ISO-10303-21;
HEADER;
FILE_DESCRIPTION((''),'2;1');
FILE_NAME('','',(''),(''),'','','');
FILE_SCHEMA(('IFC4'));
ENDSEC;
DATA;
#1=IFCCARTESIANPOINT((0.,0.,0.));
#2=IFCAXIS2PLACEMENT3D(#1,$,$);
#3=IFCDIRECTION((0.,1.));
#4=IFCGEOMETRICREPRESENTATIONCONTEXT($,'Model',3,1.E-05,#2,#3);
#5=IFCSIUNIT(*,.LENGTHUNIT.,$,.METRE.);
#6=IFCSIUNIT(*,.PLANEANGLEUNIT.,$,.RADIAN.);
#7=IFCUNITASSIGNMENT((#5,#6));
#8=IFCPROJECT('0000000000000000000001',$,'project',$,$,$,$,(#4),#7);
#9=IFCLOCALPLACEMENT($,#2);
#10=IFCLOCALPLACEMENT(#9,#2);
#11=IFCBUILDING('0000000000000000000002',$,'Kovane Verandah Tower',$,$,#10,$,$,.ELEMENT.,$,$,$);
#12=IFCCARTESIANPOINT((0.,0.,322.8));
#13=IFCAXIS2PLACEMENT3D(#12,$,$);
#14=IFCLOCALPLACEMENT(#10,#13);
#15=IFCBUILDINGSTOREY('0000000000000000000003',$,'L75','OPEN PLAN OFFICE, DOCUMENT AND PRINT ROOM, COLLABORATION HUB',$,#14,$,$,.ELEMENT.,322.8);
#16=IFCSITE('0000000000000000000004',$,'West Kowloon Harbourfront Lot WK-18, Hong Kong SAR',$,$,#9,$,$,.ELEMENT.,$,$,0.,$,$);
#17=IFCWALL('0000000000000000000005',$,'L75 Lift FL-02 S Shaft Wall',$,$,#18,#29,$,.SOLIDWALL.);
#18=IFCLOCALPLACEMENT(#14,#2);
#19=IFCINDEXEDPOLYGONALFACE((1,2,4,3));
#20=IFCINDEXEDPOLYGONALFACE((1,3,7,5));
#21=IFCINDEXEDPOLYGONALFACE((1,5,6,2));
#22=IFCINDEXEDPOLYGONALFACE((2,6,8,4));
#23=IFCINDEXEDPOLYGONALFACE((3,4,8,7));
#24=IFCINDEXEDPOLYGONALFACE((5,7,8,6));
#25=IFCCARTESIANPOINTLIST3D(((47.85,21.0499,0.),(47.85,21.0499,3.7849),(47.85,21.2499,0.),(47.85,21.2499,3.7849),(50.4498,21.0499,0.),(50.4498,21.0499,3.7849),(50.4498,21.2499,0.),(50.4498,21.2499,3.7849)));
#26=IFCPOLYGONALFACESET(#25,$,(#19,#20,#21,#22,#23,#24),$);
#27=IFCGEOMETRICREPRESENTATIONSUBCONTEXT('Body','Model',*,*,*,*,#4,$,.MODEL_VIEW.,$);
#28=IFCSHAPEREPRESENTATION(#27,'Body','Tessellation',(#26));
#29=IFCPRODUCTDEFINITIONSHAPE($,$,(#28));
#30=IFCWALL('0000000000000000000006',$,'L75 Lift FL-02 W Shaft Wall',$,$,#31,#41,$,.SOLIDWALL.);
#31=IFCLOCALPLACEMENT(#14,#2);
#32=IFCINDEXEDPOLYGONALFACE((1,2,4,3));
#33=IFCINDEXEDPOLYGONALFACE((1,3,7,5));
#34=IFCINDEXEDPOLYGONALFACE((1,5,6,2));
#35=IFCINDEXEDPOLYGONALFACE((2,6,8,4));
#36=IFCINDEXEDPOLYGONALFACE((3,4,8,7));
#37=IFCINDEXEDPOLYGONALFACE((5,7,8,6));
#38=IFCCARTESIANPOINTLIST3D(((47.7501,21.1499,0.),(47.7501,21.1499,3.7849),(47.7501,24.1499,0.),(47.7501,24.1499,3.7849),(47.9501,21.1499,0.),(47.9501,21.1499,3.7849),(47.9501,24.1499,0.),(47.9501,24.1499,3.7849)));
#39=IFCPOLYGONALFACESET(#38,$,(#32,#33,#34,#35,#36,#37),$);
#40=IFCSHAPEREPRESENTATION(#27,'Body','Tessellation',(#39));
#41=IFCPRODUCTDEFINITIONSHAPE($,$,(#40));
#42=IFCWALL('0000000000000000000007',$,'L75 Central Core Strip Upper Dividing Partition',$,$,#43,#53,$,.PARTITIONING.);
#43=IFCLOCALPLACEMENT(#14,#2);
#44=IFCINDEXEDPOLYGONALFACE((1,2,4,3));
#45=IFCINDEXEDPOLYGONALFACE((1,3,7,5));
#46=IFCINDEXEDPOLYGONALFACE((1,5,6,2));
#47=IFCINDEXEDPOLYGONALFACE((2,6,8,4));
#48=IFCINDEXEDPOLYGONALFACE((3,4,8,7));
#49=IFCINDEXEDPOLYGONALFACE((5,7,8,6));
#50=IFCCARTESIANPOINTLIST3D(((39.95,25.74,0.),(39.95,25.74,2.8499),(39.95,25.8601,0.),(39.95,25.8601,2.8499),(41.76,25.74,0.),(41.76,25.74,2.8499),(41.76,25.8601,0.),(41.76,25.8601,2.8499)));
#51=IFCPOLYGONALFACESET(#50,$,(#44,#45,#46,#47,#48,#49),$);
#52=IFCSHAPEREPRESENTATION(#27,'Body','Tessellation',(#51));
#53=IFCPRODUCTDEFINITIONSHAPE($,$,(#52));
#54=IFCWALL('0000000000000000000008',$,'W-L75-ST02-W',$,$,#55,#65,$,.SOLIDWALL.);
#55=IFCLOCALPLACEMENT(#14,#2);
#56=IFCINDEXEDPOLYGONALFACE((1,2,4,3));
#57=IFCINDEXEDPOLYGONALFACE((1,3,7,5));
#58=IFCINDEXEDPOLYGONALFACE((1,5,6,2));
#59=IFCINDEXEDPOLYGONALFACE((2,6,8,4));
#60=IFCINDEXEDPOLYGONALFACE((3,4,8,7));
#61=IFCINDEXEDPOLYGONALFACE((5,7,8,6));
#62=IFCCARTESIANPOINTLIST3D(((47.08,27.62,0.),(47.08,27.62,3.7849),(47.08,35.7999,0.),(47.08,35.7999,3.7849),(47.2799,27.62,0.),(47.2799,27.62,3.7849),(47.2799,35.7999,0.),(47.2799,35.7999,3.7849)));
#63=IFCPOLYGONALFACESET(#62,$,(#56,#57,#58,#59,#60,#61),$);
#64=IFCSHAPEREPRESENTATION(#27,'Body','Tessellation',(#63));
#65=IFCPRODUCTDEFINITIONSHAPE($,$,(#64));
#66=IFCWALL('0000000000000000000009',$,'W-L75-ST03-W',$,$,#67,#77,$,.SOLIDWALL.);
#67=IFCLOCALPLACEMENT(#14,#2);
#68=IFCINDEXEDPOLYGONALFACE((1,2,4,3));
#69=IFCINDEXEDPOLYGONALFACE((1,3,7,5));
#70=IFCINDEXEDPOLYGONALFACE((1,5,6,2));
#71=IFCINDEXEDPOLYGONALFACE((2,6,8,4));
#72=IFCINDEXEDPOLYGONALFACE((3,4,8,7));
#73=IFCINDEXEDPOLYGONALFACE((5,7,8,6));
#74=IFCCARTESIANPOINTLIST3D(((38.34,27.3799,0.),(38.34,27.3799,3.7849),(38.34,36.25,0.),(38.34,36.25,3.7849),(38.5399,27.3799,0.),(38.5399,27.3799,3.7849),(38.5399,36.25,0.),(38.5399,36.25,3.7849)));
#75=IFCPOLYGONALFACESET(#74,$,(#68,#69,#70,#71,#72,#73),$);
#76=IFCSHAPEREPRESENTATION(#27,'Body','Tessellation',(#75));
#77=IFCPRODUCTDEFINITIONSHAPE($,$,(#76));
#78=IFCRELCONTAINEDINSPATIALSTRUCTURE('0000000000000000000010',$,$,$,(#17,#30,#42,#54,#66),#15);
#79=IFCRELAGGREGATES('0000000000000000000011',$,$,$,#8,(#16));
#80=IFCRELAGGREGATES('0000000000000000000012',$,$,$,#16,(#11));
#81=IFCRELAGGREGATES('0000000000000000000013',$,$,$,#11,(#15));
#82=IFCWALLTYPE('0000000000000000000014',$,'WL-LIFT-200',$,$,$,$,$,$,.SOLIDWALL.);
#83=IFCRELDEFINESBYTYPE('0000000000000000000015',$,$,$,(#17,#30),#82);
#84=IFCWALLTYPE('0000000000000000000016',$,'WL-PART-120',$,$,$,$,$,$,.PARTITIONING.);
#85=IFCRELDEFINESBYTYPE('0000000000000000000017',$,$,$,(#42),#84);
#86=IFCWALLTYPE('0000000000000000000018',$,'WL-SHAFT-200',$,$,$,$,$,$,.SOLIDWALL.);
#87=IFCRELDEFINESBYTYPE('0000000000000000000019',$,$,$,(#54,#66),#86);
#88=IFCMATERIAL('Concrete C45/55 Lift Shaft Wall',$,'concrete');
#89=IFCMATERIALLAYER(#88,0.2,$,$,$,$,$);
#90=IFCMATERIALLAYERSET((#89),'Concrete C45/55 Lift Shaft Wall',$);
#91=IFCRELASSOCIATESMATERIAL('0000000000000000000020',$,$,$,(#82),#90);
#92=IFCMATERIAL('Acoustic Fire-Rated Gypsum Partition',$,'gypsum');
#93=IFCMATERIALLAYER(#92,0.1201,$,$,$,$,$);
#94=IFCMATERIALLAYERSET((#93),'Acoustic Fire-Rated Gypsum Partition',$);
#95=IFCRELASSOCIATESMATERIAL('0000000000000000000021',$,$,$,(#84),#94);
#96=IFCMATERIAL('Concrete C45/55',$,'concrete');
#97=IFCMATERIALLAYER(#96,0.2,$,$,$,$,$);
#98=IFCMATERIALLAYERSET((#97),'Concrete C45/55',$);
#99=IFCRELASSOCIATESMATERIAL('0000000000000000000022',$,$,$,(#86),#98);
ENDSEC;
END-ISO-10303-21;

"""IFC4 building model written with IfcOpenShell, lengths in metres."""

from ifc_helpers import new_model, si_unit, direction, frame, frame_2d, origin, place, context, subcontext, project, spatial, rectangle, extrude, material, layer, layer_set, type_object, element, save


model = new_model("IFC4")

# Units and contexts
model_context = context("Model", 3, precision=1e-05, world=origin(), true_north=direction((0.0, 1.0)))
body_context = subcontext(model_context, "Body", "Model", "MODEL_VIEW")
ifc_project = project(units=[si_unit("LENGTHUNIT", "METRE"), si_unit("PLANEANGLEUNIT", "RADIAN")], contexts=[model_context])

# Site, building, storey
site_placement = place(None, origin())
site = spatial("IfcSite", under=ifc_project, at=site_placement, Name="West Kowloon Harbourfront Lot WK-18, Hong Kong SAR", CompositionType="ELEMENT", RefElevation=0.0)
building_placement = place(site_placement, origin())
building = spatial("IfcBuilding", under=site, at=building_placement, Name="Kovane Verandah Tower", CompositionType="ELEMENT")
storey_placement = place(building_placement, frame((0.0, 0.0, 322.8)))
storey = spatial("IfcBuildingStorey", under=building, at=storey_placement, Name="L75", Description="OPEN PLAN OFFICE, DOCUMENT AND PRINT ROOM, COLLABORATION HUB", CompositionType="ELEMENT", Elevation=322.8)

# Wall
ifc_material_1 = material(Name="Concrete C45/55 Lift Shaft Wall", Category="concrete")
ifc_layer_1 = layer(ifc_material_1, 0.2)
ifc_layer_set_1 = layer_set([ifc_layer_1], Name="Concrete C45/55 Lift Shaft Wall")
wall_type_1 = type_object("IfcWallType", Name="WL-LIFT-200", PredefinedType="SOLIDWALL", material=ifc_layer_set_1)
wall_1_placement = place(storey_placement, frame((47.8501, 21.1499, 0.0), z_axis=(0.0, 0.0, 1.0), x_axis=(1.0, 0.0, 0.0)))
element("IfcWall", 1, at=wall_1_placement, inside=storey, type_object=wall_type_1, Name="L75 Lift FL-02 S Shaft Wall", PredefinedType="SOLIDWALL", context=body_context, shape_type="SweptSolid", body=[
    extrude(rectangle(XDim=2.5999, YDim=0.2, at=frame_2d((1.2998, 0.0))), origin(), (0.0, 0.0, 1.0), 3.7849),
])

# Walls
wall_2_placement = place(storey_placement, frame((47.8501, 24.1499, 0.0), z_axis=(0.0, 0.0, 1.0), x_axis=(0.0, -1.0, 0.0)))
element("IfcWall", 2, at=wall_2_placement, inside=storey, type_object=wall_type_1, Name="L75 Lift FL-02 W Shaft Wall", PredefinedType="SOLIDWALL", context=body_context, shape_type="SweptSolid", body=[
    extrude(rectangle(XDim=3.0, YDim=0.2, at=frame_2d((1.5, 0.0))), origin(), (0.0, 0.0, 1.0), 3.7849),
])
ifc_material_2 = material(Name="Acoustic Fire-Rated Gypsum Partition", Category="gypsum")
ifc_layer_2 = layer(ifc_material_2, 0.1201)
ifc_layer_set_2 = layer_set([ifc_layer_2], Name="Acoustic Fire-Rated Gypsum Partition")
wall_type_2 = type_object("IfcWallType", Name="WL-PART-120", PredefinedType="PARTITIONING", material=ifc_layer_set_2)
wall_3_placement = place(storey_placement, frame((39.95, 25.8, 0.0), z_axis=(0.0, 0.0, 1.0), x_axis=(1.0, 0.0, 0.0)))
element("IfcWall", 3, at=wall_3_placement, inside=storey, type_object=wall_type_2, Name="L75 Central Core Strip Upper Dividing Partition", PredefinedType="PARTITIONING", context=body_context, shape_type="SweptSolid", body=[
    extrude(rectangle(XDim=1.8101, YDim=0.1201, at=frame_2d((0.905, 0.0))), origin(), (0.0, 0.0, 1.0), 2.8499),
])
ifc_material_3 = material(Name="Concrete C45/55", Category="concrete")
ifc_layer_3 = layer(ifc_material_3, 0.2)
ifc_layer_set_3 = layer_set([ifc_layer_3], Name="Concrete C45/55")
wall_type_3 = type_object("IfcWallType", Name="WL-SHAFT-200", PredefinedType="SOLIDWALL", material=ifc_layer_set_3)
wall_4_placement = place(storey_placement, frame((47.1799, 27.6201, 0.0), z_axis=(0.0, 0.0, 1.0), x_axis=(0.0, 1.0, 0.0)))
element("IfcWall", 4, at=wall_4_placement, inside=storey, type_object=wall_type_3, Name="W-L75-ST02-W", PredefinedType="SOLIDWALL", context=body_context, shape_type="SweptSolid", body=[
    extrude(rectangle(XDim=8.1799, YDim=0.2, at=frame_2d((4.0898, 0.0))), origin(), (0.0, 0.0, 1.0), 3.7849),
])

# Wall
wall_5_placement = place(storey_placement, frame((38.4399, 27.3799, 0.0), z_axis=(0.0, 0.0, 1.0), x_axis=(0.0, 1.0, 0.0)))
element("IfcWall", 5, at=wall_5_placement, inside=storey, type_object=wall_type_3, Name="W-L75-ST03-W", PredefinedType="SOLIDWALL", context=body_context, shape_type="SweptSolid", body=[
    extrude(rectangle(XDim=8.8701, YDim=0.2, at=frame_2d((4.4351, 0.0))), origin(), (0.0, 0.0, 1.0), 3.7849),
])

save(model, "model.ifc")
